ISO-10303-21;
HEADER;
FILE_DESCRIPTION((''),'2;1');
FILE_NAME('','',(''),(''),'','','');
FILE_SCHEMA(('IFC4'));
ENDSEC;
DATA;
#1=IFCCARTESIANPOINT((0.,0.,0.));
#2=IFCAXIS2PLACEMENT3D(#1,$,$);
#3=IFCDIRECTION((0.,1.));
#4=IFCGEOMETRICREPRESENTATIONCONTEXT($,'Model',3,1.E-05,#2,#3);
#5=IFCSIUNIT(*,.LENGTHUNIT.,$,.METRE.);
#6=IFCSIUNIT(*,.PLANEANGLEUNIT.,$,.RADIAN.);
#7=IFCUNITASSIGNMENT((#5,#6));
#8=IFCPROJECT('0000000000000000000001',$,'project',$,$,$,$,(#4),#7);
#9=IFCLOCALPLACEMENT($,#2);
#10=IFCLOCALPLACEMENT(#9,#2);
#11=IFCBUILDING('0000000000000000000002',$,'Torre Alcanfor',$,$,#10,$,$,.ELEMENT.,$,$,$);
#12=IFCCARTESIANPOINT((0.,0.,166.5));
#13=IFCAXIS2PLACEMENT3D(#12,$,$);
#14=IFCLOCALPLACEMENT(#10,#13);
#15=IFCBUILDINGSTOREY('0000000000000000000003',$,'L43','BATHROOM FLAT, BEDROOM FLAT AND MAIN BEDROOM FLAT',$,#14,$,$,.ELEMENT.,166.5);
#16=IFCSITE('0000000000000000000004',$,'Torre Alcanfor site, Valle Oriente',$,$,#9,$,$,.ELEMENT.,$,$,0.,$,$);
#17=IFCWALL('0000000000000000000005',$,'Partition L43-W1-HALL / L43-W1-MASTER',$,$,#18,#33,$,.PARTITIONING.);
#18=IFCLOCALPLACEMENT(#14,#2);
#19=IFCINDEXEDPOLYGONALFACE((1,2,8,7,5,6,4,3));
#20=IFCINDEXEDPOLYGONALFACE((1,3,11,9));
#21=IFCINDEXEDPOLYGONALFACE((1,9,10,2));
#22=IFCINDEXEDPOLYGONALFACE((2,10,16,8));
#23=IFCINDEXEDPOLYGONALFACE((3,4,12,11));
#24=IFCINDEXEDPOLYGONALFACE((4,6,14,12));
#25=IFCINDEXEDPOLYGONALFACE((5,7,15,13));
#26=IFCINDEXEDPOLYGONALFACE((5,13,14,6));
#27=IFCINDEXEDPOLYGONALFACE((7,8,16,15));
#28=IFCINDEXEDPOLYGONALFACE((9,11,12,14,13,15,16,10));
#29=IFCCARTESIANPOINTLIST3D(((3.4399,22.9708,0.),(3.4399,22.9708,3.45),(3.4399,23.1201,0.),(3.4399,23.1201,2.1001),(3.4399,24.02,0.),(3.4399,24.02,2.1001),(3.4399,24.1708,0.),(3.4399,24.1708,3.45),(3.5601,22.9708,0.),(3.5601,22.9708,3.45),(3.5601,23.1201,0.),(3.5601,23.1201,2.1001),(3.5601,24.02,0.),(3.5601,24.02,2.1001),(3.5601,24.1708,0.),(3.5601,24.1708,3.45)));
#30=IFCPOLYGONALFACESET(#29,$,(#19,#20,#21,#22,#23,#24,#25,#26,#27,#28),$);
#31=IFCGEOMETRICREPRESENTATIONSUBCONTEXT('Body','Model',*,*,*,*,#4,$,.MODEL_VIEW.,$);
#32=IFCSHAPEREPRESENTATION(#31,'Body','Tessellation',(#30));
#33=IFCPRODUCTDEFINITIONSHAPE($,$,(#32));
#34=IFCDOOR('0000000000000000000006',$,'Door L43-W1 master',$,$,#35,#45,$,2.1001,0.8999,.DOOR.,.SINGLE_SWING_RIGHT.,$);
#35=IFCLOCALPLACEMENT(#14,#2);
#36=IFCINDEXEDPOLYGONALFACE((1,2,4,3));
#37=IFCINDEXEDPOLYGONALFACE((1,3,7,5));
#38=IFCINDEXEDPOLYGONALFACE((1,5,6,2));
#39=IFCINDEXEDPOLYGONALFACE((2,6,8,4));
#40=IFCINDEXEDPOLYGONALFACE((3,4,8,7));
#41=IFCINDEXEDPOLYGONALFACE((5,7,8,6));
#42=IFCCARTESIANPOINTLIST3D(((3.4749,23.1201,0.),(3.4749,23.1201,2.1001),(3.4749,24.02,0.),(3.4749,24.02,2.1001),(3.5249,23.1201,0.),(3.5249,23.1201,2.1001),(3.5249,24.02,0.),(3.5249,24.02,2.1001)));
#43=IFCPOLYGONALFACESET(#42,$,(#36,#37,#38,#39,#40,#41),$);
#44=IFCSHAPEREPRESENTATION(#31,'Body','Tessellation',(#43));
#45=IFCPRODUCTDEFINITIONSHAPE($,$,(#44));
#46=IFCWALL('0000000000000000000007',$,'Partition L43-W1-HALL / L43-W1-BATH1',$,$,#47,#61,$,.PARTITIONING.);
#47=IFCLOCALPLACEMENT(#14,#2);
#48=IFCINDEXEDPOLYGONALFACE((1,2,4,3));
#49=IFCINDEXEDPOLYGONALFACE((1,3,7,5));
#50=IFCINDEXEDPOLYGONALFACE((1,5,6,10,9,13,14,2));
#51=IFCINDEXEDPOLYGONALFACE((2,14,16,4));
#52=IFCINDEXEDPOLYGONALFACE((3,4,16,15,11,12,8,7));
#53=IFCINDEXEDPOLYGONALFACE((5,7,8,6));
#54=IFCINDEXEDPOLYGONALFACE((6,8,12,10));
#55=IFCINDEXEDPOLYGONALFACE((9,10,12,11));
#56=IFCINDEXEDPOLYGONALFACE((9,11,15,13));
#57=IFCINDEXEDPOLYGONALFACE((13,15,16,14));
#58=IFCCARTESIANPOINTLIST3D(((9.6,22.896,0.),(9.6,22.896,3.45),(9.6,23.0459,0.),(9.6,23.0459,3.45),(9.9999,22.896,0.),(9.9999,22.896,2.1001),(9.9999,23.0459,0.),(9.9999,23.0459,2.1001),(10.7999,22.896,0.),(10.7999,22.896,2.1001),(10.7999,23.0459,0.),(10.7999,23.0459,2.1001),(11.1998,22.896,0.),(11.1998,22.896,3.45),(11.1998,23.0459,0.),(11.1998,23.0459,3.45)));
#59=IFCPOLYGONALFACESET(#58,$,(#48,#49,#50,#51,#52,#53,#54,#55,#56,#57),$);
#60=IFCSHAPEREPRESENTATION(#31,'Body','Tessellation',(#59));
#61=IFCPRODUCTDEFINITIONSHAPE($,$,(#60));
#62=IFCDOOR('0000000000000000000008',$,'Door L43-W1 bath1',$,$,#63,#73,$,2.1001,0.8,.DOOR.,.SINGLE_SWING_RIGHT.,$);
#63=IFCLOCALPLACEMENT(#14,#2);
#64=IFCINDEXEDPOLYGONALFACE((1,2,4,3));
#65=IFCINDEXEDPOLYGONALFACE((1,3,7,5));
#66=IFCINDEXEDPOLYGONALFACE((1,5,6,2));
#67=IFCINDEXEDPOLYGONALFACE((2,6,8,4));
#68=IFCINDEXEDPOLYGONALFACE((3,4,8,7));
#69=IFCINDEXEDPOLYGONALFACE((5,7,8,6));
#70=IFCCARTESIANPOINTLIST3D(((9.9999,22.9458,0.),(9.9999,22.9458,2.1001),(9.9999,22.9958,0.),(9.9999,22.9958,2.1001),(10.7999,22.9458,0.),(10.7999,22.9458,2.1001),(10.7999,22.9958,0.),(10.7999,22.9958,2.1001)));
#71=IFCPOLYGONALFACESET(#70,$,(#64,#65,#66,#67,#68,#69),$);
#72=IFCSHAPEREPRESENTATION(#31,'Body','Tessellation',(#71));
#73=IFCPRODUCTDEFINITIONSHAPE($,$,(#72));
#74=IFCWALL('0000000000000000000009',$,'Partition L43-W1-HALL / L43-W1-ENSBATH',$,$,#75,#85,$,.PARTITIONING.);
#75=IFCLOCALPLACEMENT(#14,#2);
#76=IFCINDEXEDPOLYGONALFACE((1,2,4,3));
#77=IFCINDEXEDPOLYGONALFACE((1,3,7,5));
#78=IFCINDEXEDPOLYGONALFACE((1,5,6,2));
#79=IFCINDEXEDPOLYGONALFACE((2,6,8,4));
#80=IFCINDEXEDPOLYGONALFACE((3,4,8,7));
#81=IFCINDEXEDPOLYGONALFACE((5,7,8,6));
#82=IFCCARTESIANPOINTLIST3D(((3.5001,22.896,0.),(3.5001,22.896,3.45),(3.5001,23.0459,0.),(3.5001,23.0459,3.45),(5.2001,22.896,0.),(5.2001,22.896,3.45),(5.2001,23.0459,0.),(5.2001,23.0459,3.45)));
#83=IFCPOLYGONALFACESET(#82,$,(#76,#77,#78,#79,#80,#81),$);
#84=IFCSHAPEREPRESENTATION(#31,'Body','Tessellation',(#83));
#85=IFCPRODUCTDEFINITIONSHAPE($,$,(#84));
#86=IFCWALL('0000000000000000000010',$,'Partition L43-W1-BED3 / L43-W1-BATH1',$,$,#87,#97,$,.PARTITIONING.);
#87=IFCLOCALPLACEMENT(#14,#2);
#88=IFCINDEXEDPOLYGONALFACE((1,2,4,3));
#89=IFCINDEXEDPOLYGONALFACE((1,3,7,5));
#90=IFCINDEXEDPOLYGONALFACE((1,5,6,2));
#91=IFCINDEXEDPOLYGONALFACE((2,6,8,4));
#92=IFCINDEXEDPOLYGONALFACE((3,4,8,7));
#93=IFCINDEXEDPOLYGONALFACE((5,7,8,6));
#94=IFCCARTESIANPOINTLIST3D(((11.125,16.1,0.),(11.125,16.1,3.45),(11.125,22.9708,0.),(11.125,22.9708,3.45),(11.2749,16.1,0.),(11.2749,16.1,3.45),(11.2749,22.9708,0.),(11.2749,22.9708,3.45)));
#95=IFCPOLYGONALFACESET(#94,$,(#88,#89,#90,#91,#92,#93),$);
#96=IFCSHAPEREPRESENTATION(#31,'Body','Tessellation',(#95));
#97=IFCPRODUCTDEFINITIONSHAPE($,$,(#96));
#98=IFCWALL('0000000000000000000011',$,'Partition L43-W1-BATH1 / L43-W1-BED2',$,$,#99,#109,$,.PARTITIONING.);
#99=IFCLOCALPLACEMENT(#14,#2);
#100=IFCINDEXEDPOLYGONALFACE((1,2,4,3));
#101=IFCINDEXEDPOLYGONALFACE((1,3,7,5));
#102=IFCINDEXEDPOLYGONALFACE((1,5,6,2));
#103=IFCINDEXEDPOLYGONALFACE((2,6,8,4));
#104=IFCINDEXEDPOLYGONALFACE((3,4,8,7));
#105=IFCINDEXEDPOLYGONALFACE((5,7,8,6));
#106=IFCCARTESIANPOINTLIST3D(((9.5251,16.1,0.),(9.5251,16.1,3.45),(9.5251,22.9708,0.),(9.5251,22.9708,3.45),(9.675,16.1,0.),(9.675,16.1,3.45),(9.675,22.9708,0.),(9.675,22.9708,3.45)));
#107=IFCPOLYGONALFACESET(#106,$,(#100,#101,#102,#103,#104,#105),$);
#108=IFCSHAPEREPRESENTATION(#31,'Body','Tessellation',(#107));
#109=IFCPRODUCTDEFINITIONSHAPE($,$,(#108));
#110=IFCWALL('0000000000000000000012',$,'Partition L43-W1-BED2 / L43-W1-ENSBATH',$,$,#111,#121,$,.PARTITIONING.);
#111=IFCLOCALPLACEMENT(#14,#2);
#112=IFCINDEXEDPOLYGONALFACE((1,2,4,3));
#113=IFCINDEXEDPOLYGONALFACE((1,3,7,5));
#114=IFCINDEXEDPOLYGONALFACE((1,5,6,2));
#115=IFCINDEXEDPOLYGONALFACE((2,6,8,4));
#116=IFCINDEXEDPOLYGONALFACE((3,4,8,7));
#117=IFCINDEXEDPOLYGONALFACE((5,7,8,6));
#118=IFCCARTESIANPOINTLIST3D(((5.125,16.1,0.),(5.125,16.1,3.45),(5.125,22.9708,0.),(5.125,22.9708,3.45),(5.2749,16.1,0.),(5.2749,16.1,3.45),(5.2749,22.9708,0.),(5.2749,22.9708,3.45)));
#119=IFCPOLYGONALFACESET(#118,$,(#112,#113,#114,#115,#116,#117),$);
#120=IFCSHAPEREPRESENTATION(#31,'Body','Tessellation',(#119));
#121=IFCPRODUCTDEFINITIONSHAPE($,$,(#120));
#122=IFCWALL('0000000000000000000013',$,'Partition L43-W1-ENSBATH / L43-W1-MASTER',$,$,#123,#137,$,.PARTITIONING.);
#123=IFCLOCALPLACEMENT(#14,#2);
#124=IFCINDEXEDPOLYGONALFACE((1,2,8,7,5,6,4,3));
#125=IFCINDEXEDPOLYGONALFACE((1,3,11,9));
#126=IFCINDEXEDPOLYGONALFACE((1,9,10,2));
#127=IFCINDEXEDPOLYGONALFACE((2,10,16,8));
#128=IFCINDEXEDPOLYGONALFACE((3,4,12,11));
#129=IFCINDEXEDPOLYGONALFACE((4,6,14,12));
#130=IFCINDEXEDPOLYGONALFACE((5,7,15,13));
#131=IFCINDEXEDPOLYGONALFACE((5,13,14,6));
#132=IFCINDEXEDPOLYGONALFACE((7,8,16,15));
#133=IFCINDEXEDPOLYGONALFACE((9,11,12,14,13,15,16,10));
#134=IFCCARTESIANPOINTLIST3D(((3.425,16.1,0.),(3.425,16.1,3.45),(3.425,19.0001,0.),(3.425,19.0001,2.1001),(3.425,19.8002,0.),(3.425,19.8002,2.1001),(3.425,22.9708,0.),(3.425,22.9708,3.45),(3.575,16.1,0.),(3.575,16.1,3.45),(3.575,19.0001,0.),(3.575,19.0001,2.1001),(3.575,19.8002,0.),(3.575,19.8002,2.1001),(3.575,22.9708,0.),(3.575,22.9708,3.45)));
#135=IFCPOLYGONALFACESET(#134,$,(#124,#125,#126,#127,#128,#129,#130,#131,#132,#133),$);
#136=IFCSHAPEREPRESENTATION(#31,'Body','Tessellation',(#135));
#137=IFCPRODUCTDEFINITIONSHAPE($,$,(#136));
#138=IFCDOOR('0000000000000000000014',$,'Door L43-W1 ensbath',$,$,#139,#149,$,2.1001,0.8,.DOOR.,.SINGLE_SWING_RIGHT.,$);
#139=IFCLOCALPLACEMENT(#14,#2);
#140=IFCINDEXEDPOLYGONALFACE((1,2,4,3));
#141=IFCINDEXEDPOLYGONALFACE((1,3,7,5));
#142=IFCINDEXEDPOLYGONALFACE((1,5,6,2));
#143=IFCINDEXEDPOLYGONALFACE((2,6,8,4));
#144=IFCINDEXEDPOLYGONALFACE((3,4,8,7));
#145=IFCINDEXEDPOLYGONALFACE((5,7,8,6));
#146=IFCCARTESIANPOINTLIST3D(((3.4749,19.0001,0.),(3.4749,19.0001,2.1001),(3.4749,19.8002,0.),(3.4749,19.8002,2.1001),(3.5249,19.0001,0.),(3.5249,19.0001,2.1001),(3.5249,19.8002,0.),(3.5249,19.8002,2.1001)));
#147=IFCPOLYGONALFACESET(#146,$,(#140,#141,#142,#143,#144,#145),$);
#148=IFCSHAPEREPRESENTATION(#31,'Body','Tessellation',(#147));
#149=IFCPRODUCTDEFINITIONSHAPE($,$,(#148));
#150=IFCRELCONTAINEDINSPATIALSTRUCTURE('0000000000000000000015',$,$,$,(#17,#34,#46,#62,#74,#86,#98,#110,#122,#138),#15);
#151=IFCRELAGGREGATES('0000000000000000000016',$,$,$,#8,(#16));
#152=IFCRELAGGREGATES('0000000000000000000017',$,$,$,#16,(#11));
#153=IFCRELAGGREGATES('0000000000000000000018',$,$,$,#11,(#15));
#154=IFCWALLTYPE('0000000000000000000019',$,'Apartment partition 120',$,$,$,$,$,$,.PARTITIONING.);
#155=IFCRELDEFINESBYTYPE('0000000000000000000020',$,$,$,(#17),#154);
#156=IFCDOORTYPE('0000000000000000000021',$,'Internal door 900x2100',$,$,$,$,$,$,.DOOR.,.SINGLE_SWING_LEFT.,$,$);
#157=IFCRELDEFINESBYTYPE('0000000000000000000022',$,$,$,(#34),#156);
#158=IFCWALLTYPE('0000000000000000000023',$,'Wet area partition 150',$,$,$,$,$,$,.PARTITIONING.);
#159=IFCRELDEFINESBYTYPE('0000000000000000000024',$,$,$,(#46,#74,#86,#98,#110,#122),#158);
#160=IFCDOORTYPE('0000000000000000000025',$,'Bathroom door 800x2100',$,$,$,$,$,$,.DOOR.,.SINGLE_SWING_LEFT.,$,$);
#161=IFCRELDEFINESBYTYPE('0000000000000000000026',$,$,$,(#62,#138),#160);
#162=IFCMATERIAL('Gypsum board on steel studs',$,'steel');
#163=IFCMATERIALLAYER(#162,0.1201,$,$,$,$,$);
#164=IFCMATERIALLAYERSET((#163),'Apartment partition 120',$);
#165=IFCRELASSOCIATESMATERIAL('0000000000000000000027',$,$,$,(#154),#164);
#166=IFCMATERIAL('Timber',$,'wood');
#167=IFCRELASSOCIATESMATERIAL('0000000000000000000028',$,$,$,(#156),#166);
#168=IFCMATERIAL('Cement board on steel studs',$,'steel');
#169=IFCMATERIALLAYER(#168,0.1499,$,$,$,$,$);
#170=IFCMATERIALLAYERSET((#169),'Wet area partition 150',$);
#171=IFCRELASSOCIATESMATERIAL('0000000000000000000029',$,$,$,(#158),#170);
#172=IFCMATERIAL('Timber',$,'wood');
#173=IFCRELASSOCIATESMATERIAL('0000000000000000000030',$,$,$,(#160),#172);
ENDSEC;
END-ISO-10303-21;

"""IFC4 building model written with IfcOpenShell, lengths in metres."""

from ifc_helpers import new_model, si_unit, direction, frame, frame_2d, origin, place, context, subcontext, project, spatial, rectangle, extrude, material, layer, layer_set, type_object, element, fill, save


model = new_model("IFC4")

# Units and contexts
model_context = context("Model", 3, precision=1e-05, world=origin(), true_north=direction((0.0, 1.0)))
body_context = subcontext(model_context, "Body", "Model", "MODEL_VIEW")
ifc_project = project(units=[si_unit("LENGTHUNIT", "METRE"), si_unit("PLANEANGLEUNIT", "RADIAN")], contexts=[model_context])

# Site, building, storey
site_placement = place(None, origin())
site = spatial("IfcSite", under=ifc_project, at=site_placement, Name="Torre Alcanfor site, Valle Oriente", CompositionType="ELEMENT", RefElevation=0.0)
building_placement = place(site_placement, origin())
building = spatial("IfcBuilding", under=site, at=building_placement, Name="Torre Alcanfor", CompositionType="ELEMENT")
storey_placement = place(building_placement, frame((0.0, 0.0, 166.5)))
storey = spatial("IfcBuildingStorey", under=building, at=storey_placement, Name="L43", Description="BATHROOM FLAT, BEDROOM FLAT AND MAIN BEDROOM FLAT", CompositionType="ELEMENT", Elevation=166.5)

# Shared definitions
ifc_material_1 = material(Name="Gypsum board on steel studs", Category="steel")
ifc_layer_1 = layer(ifc_material_1, 0.1201)
ifc_layer_set_1 = layer_set([ifc_layer_1], Name="Apartment partition 120")
wall_type_1 = type_object("IfcWallType", Name="Apartment partition 120", PredefinedType="PARTITIONING", material=ifc_layer_set_1)

# Shared definitions
ifc_material_2 = material(Name="Timber", Category="wood")
door_type_1 = type_object("IfcDoorType", Name="Internal door 900x2100", OperationType="SINGLE_SWING_LEFT", PredefinedType="DOOR", material=ifc_material_2)

# Walls, openings, doors
wall_1_placement = place(storey_placement, frame((3.5, 24.1709, 0.0), z_axis=(0.0, 0.0, 1.0), x_axis=(0.0, -1.0, 0.0)))
wall_1 = element("IfcWall", 1, at=wall_1_placement, inside=storey, type_object=wall_type_1, Name="Partition L43-W1-HALL / L43-W1-MASTER", PredefinedType="PARTITIONING", context=body_context, shape_type="SweptSolid", body=[
    extrude(rectangle(XDim=1.2, YDim=0.1201, at=frame_2d((0.6001, 0.0))), origin(), (0.0, 0.0, 1.0), 3.45),
])
opening_1_placement = place(wall_1_placement, frame((0.1509, 0.0, 0.0)))
opening_1 = element("IfcOpeningElement", 2, at=opening_1_placement, cuts=wall_1, PredefinedType="OPENING", context=body_context, shape_type="SweptSolid", body=[
    extrude(rectangle(XDim=0.8999, YDim=2.1001, at=frame_2d((0.45, 1.05))), frame((0.0, 0.0701, 0.0), z_axis=(0.0, -1.0, 0.0), x_axis=(1.0, 0.0, 0.0)), (0.0, 0.0, 1.0), 0.1401),
])
door_1_placement = place(opening_1_placement, frame((0.8999, 0.0, 0.0), z_axis=(0.0, 0.0, 1.0), x_axis=(-1.0, 0.0, 0.0)))
door_1 = element("IfcDoor", 3, at=door_1_placement, inside=storey, type_object=door_type_1, Name="Door L43-W1 master", OperationType="SINGLE_SWING_RIGHT", OverallHeight=2.1001, OverallWidth=0.8999, PredefinedType="DOOR", context=body_context, shape_type="SweptSolid", body=[
    extrude(rectangle(XDim=0.8999, YDim=2.1001, at=frame_2d((0.45, 1.05))), frame((0.0, 0.0251, 0.0), z_axis=(0.0, -1.0, 0.0), x_axis=(1.0, 0.0, 0.0)), (0.0, 0.0, 1.0), 0.05),
])
fill(opening_1, door_1)
ifc_material_3 = material(Name="Cement board on steel studs", Category="steel")
ifc_layer_2 = layer(ifc_material_3, 0.1499)
ifc_layer_set_2 = layer_set([ifc_layer_2], Name="Wet area partition 150")
wall_type_2 = type_object("IfcWallType", Name="Wet area partition 150", PredefinedType="PARTITIONING", material=ifc_layer_set_2)
wall_2_placement = place(storey_placement, frame((9.6001, 22.9709, 0.0), z_axis=(0.0, 0.0, 1.0), x_axis=(1.0, 0.0, 0.0)))
wall_2 = element("IfcWall", 4, at=wall_2_placement, inside=storey, type_object=wall_type_2, Name="Partition L43-W1-HALL / L43-W1-BATH1", PredefinedType="PARTITIONING", context=body_context, shape_type="SweptSolid", body=[
    extrude(rectangle(XDim=1.5999, YDim=0.1499, at=frame_2d((0.7998, 0.0))), origin(), (0.0, 0.0, 1.0), 3.45),
])
opening_2_placement = place(wall_2_placement, frame((0.3999, 0.0, 0.0)))
opening_2 = element("IfcOpeningElement", 5, at=opening_2_placement, cuts=wall_2, PredefinedType="OPENING", context=body_context, shape_type="SweptSolid", body=[
    extrude(rectangle(XDim=0.8, YDim=2.1001, at=frame_2d((0.3999, 1.05))), frame((0.0, 0.085, 0.0), z_axis=(0.0, -1.0, 0.0), x_axis=(1.0, 0.0, 0.0)), (0.0, 0.0, 1.0), 0.1699),
])
ifc_material_4 = material(Name="Timber", Category="wood")
door_type_2 = type_object("IfcDoorType", Name="Bathroom door 800x2100", OperationType="SINGLE_SWING_LEFT", PredefinedType="DOOR", material=ifc_material_4)
door_2_placement = place(opening_2_placement, frame((0.8, 0.0, 0.0), z_axis=(0.0, 0.0, 1.0), x_axis=(-1.0, 0.0, 0.0)))
door_2 = element("IfcDoor", 6, at=door_2_placement, inside=storey, type_object=door_type_2, Name="Door L43-W1 bath1", OperationType="SINGLE_SWING_RIGHT", OverallHeight=2.1001, OverallWidth=0.8, PredefinedType="DOOR", context=body_context, shape_type="SweptSolid", body=[
    extrude(rectangle(XDim=0.8, YDim=2.1001, at=frame_2d((0.4001, 1.05))), frame((0.0, 0.0251, 0.0), z_axis=(0.0, -1.0, 0.0), x_axis=(1.0, 0.0, 0.0)), (0.0, 0.0, 1.0), 0.05),
])
fill(opening_2, door_2)

# Walls
wall_3_placement = place(storey_placement, frame((3.5, 22.9709, 0.0), z_axis=(0.0, 0.0, 1.0), x_axis=(1.0, 0.0, 0.0)))
element("IfcWall", 7, at=wall_3_placement, inside=storey, type_object=wall_type_2, Name="Partition L43-W1-HALL / L43-W1-ENSBATH", PredefinedType="PARTITIONING", context=body_context, shape_type="SweptSolid", body=[
    extrude(rectangle(XDim=1.7, YDim=0.1499, at=frame_2d((0.8501, 0.0))), origin(), (0.0, 0.0, 1.0), 3.45),
])
for number, where, z_axis, x_axis, name in (
    (8, (11.2, 22.9709, 0.0), (0.0, 0.0, 1.0), (0.0, -1.0, 0.0), "Partition L43-W1-BED3 / L43-W1-BATH1"),
    (9, (9.6001, 22.9709, 0.0), (0.0, 0.0, 1.0), (0.0, -1.0, 0.0), "Partition L43-W1-BATH1 / L43-W1-BED2"),
    (10, (5.2, 22.9709, 0.0), (0.0, 0.0, 1.0), (0.0, -1.0, 0.0), "Partition L43-W1-BED2 / L43-W1-ENSBATH"),
):
    element("IfcWall", number, at=place(storey_placement, frame(where, z_axis=z_axis, x_axis=x_axis)), inside=storey, type_object=wall_type_2, Name=name, PredefinedType="PARTITIONING", context=body_context, shape_type="SweptSolid", body=[
        extrude(rectangle(XDim=6.8708, YDim=0.1499, at=frame_2d((3.4355, 0.0))), origin(), (0.0, 0.0, 1.0), 3.45),
    ])

# Wall, opening, door
wall_4_placement = place(storey_placement, frame((3.5, 22.9709, 0.0), z_axis=(0.0, 0.0, 1.0), x_axis=(0.0, -1.0, 0.0)))
wall_4 = element("IfcWall", 11, at=wall_4_placement, inside=storey, type_object=wall_type_2, Name="Partition L43-W1-ENSBATH / L43-W1-MASTER", PredefinedType="PARTITIONING", context=body_context, shape_type="SweptSolid", body=[
    extrude(rectangle(XDim=6.8708, YDim=0.1499, at=frame_2d((3.4355, 0.0))), origin(), (0.0, 0.0, 1.0), 3.45),
])
opening_3_placement = place(wall_4_placement, frame((3.1709, 0.0, 0.0)))
opening_3 = element("IfcOpeningElement", 12, at=opening_3_placement, cuts=wall_4, PredefinedType="OPENING", context=body_context, shape_type="SweptSolid", body=[
    extrude(rectangle(XDim=0.8, YDim=2.1001, at=frame_2d((0.3999, 1.05))), frame((0.0, 0.085, 0.0), z_axis=(0.0, -1.0, 0.0), x_axis=(1.0, 0.0, 0.0)), (0.0, 0.0, 1.0), 0.1699),
])
door_3_placement = place(opening_3_placement, origin())
door_3 = element("IfcDoor", 13, at=door_3_placement, inside=storey, type_object=door_type_2, Name="Door L43-W1 ensbath", OperationType="SINGLE_SWING_RIGHT", OverallHeight=2.1001, OverallWidth=0.8, PredefinedType="DOOR", context=body_context, shape_type="SweptSolid", body=[
    extrude(rectangle(XDim=0.8, YDim=2.1001, at=frame_2d((0.3999, 1.05))), frame((0.0, 0.0249, 0.0), z_axis=(0.0, -1.0, 0.0), x_axis=(1.0, 0.0, 0.0)), (0.0, 0.0, 1.0), 0.05),
])
fill(opening_3, door_3)

save(model, "model.ifc")
